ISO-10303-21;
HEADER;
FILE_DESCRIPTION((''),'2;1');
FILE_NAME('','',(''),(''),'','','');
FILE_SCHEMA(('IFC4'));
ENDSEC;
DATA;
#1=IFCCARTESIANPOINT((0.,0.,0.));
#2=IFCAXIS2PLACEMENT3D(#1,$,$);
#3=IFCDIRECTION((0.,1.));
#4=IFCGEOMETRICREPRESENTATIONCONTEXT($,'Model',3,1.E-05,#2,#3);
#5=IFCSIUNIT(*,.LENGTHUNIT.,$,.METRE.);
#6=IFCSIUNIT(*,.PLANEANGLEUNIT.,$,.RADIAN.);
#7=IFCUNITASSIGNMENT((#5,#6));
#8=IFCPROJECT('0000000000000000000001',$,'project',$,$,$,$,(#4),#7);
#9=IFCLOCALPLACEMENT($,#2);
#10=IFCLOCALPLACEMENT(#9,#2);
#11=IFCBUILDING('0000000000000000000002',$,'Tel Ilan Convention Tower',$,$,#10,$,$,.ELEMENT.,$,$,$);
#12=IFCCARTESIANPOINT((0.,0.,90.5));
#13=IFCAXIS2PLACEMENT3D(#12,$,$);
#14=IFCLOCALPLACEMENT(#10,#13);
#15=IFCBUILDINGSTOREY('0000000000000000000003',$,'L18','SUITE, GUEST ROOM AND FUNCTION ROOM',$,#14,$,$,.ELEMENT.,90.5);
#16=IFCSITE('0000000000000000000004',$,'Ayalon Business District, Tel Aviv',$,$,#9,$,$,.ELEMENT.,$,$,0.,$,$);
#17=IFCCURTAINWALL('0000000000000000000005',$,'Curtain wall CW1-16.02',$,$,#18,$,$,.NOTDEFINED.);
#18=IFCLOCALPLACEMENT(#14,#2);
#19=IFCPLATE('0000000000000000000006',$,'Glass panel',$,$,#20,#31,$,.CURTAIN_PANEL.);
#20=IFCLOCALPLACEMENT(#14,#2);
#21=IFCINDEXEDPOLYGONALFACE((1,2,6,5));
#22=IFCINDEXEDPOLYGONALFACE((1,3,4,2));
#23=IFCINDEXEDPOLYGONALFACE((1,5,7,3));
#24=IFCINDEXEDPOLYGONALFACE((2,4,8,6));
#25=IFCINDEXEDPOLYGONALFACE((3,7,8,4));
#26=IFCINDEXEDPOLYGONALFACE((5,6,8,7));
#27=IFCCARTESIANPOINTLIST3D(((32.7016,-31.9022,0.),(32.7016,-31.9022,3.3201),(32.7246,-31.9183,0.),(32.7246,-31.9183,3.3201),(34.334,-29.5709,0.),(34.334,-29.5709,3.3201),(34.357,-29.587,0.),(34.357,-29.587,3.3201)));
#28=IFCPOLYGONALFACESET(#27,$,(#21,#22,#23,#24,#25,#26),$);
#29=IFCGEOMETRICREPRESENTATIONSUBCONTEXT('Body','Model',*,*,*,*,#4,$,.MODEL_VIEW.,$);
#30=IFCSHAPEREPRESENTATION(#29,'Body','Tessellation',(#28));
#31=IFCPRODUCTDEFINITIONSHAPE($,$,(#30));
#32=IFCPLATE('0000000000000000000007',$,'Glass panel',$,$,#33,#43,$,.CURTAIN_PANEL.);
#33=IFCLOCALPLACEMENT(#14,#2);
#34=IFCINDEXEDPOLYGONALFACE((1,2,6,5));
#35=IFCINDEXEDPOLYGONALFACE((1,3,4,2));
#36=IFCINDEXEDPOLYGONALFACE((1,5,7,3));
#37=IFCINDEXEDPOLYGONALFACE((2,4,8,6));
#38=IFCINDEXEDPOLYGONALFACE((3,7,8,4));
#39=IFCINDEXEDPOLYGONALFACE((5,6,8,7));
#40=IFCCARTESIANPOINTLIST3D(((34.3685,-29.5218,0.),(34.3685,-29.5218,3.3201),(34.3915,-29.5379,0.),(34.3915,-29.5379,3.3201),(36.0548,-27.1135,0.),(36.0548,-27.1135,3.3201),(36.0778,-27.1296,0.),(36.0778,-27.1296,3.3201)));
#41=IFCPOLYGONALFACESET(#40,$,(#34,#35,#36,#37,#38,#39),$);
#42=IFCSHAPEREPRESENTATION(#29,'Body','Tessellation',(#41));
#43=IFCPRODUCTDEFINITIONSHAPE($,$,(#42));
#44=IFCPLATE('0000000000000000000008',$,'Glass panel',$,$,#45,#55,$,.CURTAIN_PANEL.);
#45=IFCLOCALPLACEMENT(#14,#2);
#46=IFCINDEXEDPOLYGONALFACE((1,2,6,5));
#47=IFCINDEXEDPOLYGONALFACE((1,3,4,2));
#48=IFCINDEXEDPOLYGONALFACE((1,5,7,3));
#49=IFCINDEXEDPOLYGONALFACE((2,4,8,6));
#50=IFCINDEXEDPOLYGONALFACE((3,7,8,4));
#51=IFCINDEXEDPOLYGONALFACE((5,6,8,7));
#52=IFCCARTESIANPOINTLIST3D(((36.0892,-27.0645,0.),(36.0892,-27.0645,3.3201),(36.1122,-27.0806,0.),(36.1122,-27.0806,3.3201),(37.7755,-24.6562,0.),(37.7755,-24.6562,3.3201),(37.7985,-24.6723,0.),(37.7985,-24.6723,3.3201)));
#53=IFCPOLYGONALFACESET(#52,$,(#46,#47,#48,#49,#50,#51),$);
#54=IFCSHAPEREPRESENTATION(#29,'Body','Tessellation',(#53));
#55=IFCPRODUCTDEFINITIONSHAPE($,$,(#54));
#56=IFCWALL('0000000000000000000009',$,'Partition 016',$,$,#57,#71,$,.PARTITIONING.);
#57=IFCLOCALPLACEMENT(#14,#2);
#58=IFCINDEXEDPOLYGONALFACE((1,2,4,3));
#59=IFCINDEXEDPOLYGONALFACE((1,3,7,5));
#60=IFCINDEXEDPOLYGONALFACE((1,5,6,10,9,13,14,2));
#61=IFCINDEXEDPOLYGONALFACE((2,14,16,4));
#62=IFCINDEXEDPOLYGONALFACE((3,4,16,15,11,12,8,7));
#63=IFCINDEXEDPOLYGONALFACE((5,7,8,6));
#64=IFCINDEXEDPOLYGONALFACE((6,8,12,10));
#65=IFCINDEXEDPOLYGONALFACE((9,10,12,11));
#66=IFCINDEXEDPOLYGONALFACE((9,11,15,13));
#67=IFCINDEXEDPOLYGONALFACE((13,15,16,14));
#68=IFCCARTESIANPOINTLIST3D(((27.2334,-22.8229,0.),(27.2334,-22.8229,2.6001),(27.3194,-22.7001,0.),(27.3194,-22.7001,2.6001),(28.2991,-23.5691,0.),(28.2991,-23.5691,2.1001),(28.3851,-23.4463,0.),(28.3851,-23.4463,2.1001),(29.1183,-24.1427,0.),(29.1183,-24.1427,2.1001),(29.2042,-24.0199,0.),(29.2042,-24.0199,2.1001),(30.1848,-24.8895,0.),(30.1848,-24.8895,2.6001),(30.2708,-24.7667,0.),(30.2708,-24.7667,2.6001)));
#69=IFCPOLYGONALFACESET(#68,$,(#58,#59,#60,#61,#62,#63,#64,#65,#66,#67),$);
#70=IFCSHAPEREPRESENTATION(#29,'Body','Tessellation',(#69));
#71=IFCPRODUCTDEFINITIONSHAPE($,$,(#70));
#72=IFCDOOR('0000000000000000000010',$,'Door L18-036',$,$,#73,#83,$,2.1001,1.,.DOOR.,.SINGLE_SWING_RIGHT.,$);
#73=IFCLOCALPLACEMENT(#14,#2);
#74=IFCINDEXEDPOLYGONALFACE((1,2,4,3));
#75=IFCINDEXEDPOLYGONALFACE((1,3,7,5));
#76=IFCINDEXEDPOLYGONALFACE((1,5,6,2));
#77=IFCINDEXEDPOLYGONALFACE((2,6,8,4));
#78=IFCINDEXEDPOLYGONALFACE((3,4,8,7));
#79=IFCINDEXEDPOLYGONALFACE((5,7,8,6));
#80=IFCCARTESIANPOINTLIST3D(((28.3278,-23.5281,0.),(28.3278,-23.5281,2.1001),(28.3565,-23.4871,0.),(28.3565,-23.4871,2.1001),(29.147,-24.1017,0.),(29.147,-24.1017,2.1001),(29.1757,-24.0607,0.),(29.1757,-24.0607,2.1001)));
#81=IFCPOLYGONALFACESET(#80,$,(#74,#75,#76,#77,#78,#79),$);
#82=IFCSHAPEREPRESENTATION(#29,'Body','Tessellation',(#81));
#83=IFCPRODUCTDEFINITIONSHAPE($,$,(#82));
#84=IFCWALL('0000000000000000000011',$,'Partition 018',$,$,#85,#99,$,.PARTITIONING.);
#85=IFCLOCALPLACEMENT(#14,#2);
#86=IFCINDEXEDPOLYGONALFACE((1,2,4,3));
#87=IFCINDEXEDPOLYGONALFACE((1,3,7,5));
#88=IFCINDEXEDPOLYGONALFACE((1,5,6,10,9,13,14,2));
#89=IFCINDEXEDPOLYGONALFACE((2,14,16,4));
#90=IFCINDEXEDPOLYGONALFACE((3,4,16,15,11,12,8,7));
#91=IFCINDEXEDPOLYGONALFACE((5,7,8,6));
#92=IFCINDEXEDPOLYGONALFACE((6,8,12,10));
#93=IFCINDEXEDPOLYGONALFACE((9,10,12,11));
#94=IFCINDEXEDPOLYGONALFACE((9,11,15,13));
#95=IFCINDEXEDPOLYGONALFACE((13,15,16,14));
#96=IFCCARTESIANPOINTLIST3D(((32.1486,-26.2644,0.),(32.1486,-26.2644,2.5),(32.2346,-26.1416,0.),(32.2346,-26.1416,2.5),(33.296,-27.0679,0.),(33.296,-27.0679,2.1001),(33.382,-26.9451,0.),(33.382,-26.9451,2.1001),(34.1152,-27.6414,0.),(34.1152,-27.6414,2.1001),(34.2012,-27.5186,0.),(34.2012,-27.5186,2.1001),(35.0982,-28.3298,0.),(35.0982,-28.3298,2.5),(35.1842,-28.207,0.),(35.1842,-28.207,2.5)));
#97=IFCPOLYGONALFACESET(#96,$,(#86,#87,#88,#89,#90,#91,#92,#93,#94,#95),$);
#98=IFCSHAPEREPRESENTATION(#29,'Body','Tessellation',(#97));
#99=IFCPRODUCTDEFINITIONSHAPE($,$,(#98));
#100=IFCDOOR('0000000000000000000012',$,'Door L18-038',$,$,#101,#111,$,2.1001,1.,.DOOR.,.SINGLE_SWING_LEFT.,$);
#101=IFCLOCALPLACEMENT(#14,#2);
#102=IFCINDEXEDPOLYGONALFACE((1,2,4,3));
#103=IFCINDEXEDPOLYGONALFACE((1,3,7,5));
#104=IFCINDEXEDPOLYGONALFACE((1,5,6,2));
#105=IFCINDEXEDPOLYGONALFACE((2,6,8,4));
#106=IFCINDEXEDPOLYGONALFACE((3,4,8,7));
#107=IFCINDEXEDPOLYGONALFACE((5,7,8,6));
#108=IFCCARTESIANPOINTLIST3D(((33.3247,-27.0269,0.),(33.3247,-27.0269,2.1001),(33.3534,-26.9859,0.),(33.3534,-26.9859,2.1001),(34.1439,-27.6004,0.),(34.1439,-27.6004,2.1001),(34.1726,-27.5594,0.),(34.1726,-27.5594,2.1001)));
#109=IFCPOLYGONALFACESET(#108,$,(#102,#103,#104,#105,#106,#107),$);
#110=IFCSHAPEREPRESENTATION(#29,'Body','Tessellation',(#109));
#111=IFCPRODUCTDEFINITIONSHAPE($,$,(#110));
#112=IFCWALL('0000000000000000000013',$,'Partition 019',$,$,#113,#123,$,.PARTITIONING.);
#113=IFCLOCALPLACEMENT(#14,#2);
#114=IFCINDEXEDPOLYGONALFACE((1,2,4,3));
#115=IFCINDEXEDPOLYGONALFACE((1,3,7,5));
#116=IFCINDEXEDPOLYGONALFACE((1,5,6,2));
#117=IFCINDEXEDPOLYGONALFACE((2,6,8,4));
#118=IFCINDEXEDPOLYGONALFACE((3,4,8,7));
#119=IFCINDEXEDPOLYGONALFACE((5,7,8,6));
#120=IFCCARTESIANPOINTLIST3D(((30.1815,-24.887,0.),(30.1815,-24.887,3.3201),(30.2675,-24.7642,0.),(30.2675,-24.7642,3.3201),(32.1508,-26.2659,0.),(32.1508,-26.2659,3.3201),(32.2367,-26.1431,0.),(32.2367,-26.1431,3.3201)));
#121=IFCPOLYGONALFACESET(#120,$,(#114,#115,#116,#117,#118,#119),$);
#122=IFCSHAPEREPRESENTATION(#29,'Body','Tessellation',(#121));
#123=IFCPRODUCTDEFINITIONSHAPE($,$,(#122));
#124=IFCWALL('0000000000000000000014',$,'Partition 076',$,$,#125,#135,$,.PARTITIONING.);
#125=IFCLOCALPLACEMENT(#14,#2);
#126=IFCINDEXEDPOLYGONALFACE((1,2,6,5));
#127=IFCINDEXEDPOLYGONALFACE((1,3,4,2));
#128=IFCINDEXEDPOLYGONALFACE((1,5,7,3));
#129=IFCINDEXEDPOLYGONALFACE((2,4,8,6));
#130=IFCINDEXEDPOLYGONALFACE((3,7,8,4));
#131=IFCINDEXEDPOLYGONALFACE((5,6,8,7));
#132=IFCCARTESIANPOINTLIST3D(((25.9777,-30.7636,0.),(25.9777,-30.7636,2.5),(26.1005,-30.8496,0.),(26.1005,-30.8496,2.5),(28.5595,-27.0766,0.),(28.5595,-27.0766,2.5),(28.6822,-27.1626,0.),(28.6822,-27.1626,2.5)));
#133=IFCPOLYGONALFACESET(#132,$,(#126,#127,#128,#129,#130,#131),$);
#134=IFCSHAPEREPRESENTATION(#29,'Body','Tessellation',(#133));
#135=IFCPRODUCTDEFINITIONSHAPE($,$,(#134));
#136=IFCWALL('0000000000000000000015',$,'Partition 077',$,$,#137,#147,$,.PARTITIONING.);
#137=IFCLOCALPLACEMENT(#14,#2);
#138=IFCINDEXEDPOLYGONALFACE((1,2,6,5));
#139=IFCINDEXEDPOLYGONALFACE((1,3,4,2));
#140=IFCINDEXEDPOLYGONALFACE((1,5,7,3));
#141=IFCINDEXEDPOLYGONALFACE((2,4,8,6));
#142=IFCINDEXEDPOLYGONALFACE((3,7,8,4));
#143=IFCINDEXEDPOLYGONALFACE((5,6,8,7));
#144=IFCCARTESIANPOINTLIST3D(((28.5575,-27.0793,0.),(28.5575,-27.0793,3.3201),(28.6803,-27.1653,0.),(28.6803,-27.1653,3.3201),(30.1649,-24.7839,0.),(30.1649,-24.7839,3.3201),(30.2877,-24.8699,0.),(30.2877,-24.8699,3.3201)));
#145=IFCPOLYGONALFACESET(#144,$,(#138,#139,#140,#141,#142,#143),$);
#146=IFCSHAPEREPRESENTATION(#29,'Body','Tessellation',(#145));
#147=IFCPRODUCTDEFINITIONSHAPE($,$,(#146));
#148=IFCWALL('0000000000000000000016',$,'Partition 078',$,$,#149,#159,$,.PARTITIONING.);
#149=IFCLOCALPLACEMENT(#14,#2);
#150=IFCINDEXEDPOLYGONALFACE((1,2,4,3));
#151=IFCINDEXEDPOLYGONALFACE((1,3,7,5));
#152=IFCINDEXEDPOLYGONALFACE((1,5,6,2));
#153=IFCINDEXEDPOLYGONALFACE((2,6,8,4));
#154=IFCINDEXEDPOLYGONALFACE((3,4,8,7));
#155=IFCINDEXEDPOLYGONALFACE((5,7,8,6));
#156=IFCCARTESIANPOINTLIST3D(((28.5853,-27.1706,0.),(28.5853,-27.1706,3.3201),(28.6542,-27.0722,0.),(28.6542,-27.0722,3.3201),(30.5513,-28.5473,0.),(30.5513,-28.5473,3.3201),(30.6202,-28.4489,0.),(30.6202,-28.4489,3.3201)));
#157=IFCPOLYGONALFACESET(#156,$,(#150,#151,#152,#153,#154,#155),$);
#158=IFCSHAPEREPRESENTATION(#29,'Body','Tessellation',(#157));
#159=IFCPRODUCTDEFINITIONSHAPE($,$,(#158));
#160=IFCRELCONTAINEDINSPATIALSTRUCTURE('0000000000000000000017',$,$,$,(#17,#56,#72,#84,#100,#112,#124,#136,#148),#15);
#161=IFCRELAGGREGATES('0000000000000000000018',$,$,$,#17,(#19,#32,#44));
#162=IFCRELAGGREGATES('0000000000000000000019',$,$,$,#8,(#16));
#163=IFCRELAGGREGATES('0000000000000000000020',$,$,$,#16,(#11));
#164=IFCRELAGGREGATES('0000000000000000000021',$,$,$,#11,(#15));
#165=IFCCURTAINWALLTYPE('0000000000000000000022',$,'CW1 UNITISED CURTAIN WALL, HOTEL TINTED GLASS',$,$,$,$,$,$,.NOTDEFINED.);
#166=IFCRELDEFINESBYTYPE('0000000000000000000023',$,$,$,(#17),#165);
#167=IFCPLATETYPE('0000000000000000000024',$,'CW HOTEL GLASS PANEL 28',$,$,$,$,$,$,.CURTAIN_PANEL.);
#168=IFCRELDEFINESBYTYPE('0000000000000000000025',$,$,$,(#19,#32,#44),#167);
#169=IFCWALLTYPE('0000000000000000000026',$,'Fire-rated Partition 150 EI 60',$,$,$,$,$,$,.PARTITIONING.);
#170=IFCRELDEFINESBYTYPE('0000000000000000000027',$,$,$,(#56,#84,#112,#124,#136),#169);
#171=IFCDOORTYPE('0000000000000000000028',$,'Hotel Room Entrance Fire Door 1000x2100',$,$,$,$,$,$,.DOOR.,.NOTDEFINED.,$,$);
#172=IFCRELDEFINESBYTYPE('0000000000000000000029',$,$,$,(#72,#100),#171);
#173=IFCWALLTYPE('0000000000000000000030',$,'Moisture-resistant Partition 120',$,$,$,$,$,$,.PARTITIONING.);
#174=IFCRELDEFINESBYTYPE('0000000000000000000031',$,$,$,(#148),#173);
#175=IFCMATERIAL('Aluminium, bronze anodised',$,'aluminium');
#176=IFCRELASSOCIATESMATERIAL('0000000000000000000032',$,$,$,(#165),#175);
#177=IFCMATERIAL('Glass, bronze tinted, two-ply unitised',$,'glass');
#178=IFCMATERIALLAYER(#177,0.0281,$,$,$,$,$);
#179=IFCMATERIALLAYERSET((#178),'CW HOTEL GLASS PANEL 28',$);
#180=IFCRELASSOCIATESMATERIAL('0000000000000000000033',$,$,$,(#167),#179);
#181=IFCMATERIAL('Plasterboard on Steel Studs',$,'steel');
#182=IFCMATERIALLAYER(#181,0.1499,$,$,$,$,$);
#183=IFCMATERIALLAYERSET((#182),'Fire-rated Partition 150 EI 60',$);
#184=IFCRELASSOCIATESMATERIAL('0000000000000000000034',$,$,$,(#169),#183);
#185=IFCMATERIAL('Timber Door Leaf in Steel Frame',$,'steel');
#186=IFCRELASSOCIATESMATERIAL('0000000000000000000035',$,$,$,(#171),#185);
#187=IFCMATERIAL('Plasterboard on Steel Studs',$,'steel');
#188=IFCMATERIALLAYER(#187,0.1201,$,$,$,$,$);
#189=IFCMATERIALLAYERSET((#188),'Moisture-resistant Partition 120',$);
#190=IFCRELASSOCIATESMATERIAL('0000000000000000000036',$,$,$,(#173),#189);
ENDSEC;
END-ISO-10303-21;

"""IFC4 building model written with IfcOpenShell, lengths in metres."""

from ifc_helpers import new_model, si_unit, direction, frame, frame_2d, origin, origin_2d, place, context, subcontext, project, spatial, rectangle, extrude, material, layer, layer_set, type_object, element, fill, aggregate, save


model = new_model("IFC4")

# Units and contexts
model_context = context("Model", 3, precision=1e-05, world=origin(), true_north=direction((0.0, 1.0)))
body_context = subcontext(model_context, "Body", "Model", "MODEL_VIEW")
ifc_project = project(units=[si_unit("LENGTHUNIT", "METRE"), si_unit("PLANEANGLEUNIT", "RADIAN")], contexts=[model_context])

# Site, building, storey
site_placement = place(None, origin())
site = spatial("IfcSite", under=ifc_project, at=site_placement, Name="Ayalon Business District, Tel Aviv", CompositionType="ELEMENT", RefElevation=0.0)
building_placement = place(site_placement, origin())
building = spatial("IfcBuilding", under=site, at=building_placement, Name="Tel Ilan Convention Tower", CompositionType="ELEMENT")
storey_placement = place(building_placement, frame((0.0, 0.0, 90.5)))
storey = spatial("IfcBuildingStorey", under=building, at=storey_placement, Name="L18", Description="SUITE, GUEST ROOM AND FUNCTION ROOM", CompositionType="ELEMENT", Elevation=90.5)

# Curtain wall, plates
ifc_material_1 = material(Name="Aluminium, bronze anodised", Category="aluminium")
curtain_wall_type = type_object("IfcCurtainWallType", Name="CW1 UNITISED CURTAIN WALL, HOTEL TINTED GLASS", PredefinedType="NOTDEFINED", material=ifc_material_1)
curtain_wall_placement = place(storey_placement, origin())
curtain_wall = element("IfcCurtainWall", 1, at=curtain_wall_placement, inside=storey, type_object=curtain_wall_type, Name="Curtain wall CW1-16.02", PredefinedType="NOTDEFINED")
ifc_material_2 = material(Name="Glass, bronze tinted, two-ply unitised", Category="glass")
ifc_layer_1 = layer(ifc_material_2, 0.0281)
ifc_layer_set_1 = layer_set([ifc_layer_1], Name="CW HOTEL GLASS PANEL 28")
plate_type = type_object("IfcPlateType", Name="CW HOTEL GLASS PANEL 28", PredefinedType="CURTAIN_PANEL", material=ifc_layer_set_1)
plate_1_placement = place(storey_placement, frame((33.5293, -30.7446, 0.0), z_axis=(0.0, 0.0, 1.0), x_axis=(0.573576, 0.819152, 0.0)))
plate_1 = element("IfcPlate", 2, at=plate_1_placement, type_object=plate_type, Name="Glass panel", PredefinedType="CURTAIN_PANEL", context=body_context, shape_type="SweptSolid", body=[
    extrude(rectangle(XDim=2.8459, YDim=0.0281, at=origin_2d()), origin(), (0.0, 0.0, 1.0), 3.3201),
])
plate_2_placement = place(storey_placement, frame((35.2231, -28.3257, 0.0), z_axis=(0.0, 0.0, 1.0), x_axis=(0.573576, 0.819152, 0.0)))
plate_2 = element("IfcPlate", 3, at=plate_2_placement, type_object=plate_type, Name="Glass panel", PredefinedType="CURTAIN_PANEL", context=body_context, shape_type="SweptSolid", body=[
    extrude(rectangle(XDim=2.9399, YDim=0.0281, at=origin_2d()), origin(), (0.0, 0.0, 1.0), 3.3201),
])
plate_3_placement = place(storey_placement, frame((36.9438, -25.8684, 0.0), z_axis=(0.0, 0.0, 1.0), x_axis=(0.573576, 0.819152, 0.0)))
plate_3 = element("IfcPlate", 4, at=plate_3_placement, type_object=plate_type, Name="Glass panel", PredefinedType="CURTAIN_PANEL", context=body_context, shape_type="SweptSolid", body=[
    extrude(rectangle(XDim=2.9399, YDim=0.0281, at=origin_2d()), origin(), (0.0, 0.0, 1.0), 3.3201),
])
aggregate(curtain_wall, [plate_1, plate_2, plate_3])

# Walls, openings, doors
ifc_material_3 = material(Name="Plasterboard on Steel Studs", Category="steel")
ifc_layer_2 = layer(ifc_material_3, 0.1499)
ifc_layer_set_2 = layer_set([ifc_layer_2], Name="Fire-rated Partition 150 EI 60")
wall_type_1 = type_object("IfcWallType", Name="Fire-rated Partition 150 EI 60", PredefinedType="PARTITIONING", material=ifc_layer_set_2)
wall_1_placement = place(storey_placement, frame((30.2278, -24.8281, 0.0), z_axis=(0.0, 0.0, 1.0), x_axis=(-0.819146, 0.573585, 0.0)))
wall_1 = element("IfcWall", 5, at=wall_1_placement, inside=storey, type_object=wall_type_1, Name="Partition 016", PredefinedType="PARTITIONING", context=body_context, shape_type="SweptSolid", body=[
    extrude(rectangle(XDim=3.603, YDim=0.1499, at=frame_2d((1.8015, 0.0))), origin(), (0.0, 0.0, 1.0), 2.6001),
])
opening_1_placement = place(wall_1_placement, frame((1.302, 0.0, 0.0)))
opening_1 = element("IfcOpeningElement", 6, at=opening_1_placement, cuts=wall_1, PredefinedType="OPENING", context=body_context, shape_type="SweptSolid", body=[
    extrude(rectangle(XDim=1.0, YDim=2.1001, at=frame_2d((0.5, 1.05))), frame((0.0, 0.085, 0.0), z_axis=(0.0, -1.0, 0.0), x_axis=(1.0, 0.0, 0.0)), (0.0, 0.0, 1.0), 0.1699),
])
ifc_material_4 = material(Name="Timber Door Leaf in Steel Frame", Category="steel")
door_type_1 = type_object("IfcDoorType", Name="Hotel Room Entrance Fire Door 1000x2100", OperationType="NOTDEFINED", PredefinedType="DOOR", material=ifc_material_4)
door_1_placement = place(opening_1_placement, origin())
door_1 = element("IfcDoor", 7, at=door_1_placement, inside=storey, type_object=door_type_1, Name="Door L18-036", OperationType="SINGLE_SWING_RIGHT", OverallHeight=2.1001, OverallWidth=1.0, PredefinedType="DOOR", context=body_context, shape_type="SweptSolid", body=[
    extrude(rectangle(XDim=1.0, YDim=2.1001, at=frame_2d((0.5, 1.05))), frame((0.0, 0.0249, 0.0), z_axis=(0.0, -1.0, 0.0), x_axis=(1.0, 0.0, 0.0)), (0.0, 0.0, 1.0), 0.05),
])
fill(opening_1, door_1)
wall_2_placement = place(storey_placement, frame((35.1411, -28.2683, 0.0), z_axis=(0.0, 0.0, 1.0), x_axis=(-0.819149, 0.573581, 0.0)))
wall_2 = element("IfcWall", 8, at=wall_2_placement, inside=storey, type_object=wall_type_1, Name="Partition 018", PredefinedType="PARTITIONING", context=body_context, shape_type="SweptSolid", body=[
    extrude(rectangle(XDim=3.6008, YDim=0.1499, at=frame_2d((1.8003, 0.0))), origin(), (0.0, 0.0, 1.0), 2.5),
])
opening_2_placement = place(wall_2_placement, frame((1.2, 0.0, 0.0)))
opening_2 = element("IfcOpeningElement", 9, at=opening_2_placement, cuts=wall_2, PredefinedType="OPENING", context=body_context, shape_type="SweptSolid", body=[
    extrude(rectangle(XDim=1.0, YDim=2.1001, at=frame_2d((0.5, 1.05))), frame((0.0, 0.085, 0.0), z_axis=(0.0, -1.0, 0.0), x_axis=(1.0, 0.0, 0.0)), (0.0, 0.0, 1.0), 0.1699),
])
door_2_placement = place(opening_2_placement, origin())
door_2 = element("IfcDoor", 10, at=door_2_placement, inside=storey, type_object=door_type_1, Name="Door L18-038", OperationType="SINGLE_SWING_LEFT", OverallHeight=2.1001, OverallWidth=1.0, PredefinedType="DOOR", context=body_context, shape_type="SweptSolid", body=[
    extrude(rectangle(XDim=1.0, YDim=2.1001, at=frame_2d((0.5, 1.05))), frame((0.0, 0.0249, 0.0), z_axis=(0.0, -1.0, 0.0), x_axis=(1.0, 0.0, 0.0)), (0.0, 0.0, 1.0), 0.05),
])
fill(opening_2, door_2)

# Walls
wall_3_placement = place(storey_placement, frame((32.1938, -26.2046, 0.0), z_axis=(0.0, 0.0, 1.0), x_axis=(-0.819146, 0.573585, 0.0)))
element("IfcWall", 11, at=wall_3_placement, inside=storey, type_object=wall_type_1, Name="Partition 019", PredefinedType="PARTITIONING", context=body_context, shape_type="SweptSolid", body=[
    extrude(rectangle(XDim=2.4041, YDim=0.1499, at=frame_2d((1.2021, 0.0))), origin(), (0.0, 0.0, 1.0), 3.3201),
])
wall_4_placement = place(storey_placement, frame((28.6208, -27.1196, 0.0), z_axis=(0.0, 0.0, 1.0), x_axis=(-0.573593, -0.81914, 0.0)))
element("IfcWall", 12, at=wall_4_placement, inside=storey, type_object=wall_type_1, Name="Partition 076", PredefinedType="PARTITIONING", context=body_context, shape_type="SweptSolid", body=[
    extrude(rectangle(XDim=4.501, YDim=0.1499, at=frame_2d((2.2505, 0.0))), origin(), (0.0, 0.0, 1.0), 2.5),
])
wall_5_placement = place(storey_placement, frame((30.2263, -24.8269, 0.0), z_axis=(0.0, 0.0, 1.0), x_axis=(-0.573614, -0.819125, 0.0)))
element("IfcWall", 13, at=wall_5_placement, inside=storey, type_object=wall_type_1, Name="Partition 077", PredefinedType="PARTITIONING", context=body_context, shape_type="SweptSolid", body=[
    extrude(rectangle(XDim=2.8022, YDim=0.1499, at=frame_2d((1.4011, 0.0))), origin(), (0.0, 0.0, 1.0), 3.3201),
])
ifc_material_5 = material(Name="Plasterboard on Steel Studs", Category="steel")
ifc_layer_3 = layer(ifc_material_5, 0.1201)
ifc_layer_set_3 = layer_set([ifc_layer_3], Name="Moisture-resistant Partition 120")
wall_type_2 = type_object("IfcWallType", Name="Moisture-resistant Partition 120", PredefinedType="PARTITIONING", material=ifc_layer_set_3)
wall_6_placement = place(storey_placement, frame((28.6196, -27.1213, 0.0), z_axis=(0.0, 0.0, 1.0), x_axis=(0.819141, -0.573592, 0.0)))
element("IfcWall", 14, at=wall_6_placement, inside=storey, type_object=wall_type_2, Name="Partition 078", PredefinedType="PARTITIONING", context=body_context, shape_type="SweptSolid", body=[
    extrude(rectangle(XDim=2.4001, YDim=0.1201, at=frame_2d((1.2002, 0.0))), origin(), (0.0, 0.0, 1.0), 3.3201),
])

save(model, "model.ifc")
